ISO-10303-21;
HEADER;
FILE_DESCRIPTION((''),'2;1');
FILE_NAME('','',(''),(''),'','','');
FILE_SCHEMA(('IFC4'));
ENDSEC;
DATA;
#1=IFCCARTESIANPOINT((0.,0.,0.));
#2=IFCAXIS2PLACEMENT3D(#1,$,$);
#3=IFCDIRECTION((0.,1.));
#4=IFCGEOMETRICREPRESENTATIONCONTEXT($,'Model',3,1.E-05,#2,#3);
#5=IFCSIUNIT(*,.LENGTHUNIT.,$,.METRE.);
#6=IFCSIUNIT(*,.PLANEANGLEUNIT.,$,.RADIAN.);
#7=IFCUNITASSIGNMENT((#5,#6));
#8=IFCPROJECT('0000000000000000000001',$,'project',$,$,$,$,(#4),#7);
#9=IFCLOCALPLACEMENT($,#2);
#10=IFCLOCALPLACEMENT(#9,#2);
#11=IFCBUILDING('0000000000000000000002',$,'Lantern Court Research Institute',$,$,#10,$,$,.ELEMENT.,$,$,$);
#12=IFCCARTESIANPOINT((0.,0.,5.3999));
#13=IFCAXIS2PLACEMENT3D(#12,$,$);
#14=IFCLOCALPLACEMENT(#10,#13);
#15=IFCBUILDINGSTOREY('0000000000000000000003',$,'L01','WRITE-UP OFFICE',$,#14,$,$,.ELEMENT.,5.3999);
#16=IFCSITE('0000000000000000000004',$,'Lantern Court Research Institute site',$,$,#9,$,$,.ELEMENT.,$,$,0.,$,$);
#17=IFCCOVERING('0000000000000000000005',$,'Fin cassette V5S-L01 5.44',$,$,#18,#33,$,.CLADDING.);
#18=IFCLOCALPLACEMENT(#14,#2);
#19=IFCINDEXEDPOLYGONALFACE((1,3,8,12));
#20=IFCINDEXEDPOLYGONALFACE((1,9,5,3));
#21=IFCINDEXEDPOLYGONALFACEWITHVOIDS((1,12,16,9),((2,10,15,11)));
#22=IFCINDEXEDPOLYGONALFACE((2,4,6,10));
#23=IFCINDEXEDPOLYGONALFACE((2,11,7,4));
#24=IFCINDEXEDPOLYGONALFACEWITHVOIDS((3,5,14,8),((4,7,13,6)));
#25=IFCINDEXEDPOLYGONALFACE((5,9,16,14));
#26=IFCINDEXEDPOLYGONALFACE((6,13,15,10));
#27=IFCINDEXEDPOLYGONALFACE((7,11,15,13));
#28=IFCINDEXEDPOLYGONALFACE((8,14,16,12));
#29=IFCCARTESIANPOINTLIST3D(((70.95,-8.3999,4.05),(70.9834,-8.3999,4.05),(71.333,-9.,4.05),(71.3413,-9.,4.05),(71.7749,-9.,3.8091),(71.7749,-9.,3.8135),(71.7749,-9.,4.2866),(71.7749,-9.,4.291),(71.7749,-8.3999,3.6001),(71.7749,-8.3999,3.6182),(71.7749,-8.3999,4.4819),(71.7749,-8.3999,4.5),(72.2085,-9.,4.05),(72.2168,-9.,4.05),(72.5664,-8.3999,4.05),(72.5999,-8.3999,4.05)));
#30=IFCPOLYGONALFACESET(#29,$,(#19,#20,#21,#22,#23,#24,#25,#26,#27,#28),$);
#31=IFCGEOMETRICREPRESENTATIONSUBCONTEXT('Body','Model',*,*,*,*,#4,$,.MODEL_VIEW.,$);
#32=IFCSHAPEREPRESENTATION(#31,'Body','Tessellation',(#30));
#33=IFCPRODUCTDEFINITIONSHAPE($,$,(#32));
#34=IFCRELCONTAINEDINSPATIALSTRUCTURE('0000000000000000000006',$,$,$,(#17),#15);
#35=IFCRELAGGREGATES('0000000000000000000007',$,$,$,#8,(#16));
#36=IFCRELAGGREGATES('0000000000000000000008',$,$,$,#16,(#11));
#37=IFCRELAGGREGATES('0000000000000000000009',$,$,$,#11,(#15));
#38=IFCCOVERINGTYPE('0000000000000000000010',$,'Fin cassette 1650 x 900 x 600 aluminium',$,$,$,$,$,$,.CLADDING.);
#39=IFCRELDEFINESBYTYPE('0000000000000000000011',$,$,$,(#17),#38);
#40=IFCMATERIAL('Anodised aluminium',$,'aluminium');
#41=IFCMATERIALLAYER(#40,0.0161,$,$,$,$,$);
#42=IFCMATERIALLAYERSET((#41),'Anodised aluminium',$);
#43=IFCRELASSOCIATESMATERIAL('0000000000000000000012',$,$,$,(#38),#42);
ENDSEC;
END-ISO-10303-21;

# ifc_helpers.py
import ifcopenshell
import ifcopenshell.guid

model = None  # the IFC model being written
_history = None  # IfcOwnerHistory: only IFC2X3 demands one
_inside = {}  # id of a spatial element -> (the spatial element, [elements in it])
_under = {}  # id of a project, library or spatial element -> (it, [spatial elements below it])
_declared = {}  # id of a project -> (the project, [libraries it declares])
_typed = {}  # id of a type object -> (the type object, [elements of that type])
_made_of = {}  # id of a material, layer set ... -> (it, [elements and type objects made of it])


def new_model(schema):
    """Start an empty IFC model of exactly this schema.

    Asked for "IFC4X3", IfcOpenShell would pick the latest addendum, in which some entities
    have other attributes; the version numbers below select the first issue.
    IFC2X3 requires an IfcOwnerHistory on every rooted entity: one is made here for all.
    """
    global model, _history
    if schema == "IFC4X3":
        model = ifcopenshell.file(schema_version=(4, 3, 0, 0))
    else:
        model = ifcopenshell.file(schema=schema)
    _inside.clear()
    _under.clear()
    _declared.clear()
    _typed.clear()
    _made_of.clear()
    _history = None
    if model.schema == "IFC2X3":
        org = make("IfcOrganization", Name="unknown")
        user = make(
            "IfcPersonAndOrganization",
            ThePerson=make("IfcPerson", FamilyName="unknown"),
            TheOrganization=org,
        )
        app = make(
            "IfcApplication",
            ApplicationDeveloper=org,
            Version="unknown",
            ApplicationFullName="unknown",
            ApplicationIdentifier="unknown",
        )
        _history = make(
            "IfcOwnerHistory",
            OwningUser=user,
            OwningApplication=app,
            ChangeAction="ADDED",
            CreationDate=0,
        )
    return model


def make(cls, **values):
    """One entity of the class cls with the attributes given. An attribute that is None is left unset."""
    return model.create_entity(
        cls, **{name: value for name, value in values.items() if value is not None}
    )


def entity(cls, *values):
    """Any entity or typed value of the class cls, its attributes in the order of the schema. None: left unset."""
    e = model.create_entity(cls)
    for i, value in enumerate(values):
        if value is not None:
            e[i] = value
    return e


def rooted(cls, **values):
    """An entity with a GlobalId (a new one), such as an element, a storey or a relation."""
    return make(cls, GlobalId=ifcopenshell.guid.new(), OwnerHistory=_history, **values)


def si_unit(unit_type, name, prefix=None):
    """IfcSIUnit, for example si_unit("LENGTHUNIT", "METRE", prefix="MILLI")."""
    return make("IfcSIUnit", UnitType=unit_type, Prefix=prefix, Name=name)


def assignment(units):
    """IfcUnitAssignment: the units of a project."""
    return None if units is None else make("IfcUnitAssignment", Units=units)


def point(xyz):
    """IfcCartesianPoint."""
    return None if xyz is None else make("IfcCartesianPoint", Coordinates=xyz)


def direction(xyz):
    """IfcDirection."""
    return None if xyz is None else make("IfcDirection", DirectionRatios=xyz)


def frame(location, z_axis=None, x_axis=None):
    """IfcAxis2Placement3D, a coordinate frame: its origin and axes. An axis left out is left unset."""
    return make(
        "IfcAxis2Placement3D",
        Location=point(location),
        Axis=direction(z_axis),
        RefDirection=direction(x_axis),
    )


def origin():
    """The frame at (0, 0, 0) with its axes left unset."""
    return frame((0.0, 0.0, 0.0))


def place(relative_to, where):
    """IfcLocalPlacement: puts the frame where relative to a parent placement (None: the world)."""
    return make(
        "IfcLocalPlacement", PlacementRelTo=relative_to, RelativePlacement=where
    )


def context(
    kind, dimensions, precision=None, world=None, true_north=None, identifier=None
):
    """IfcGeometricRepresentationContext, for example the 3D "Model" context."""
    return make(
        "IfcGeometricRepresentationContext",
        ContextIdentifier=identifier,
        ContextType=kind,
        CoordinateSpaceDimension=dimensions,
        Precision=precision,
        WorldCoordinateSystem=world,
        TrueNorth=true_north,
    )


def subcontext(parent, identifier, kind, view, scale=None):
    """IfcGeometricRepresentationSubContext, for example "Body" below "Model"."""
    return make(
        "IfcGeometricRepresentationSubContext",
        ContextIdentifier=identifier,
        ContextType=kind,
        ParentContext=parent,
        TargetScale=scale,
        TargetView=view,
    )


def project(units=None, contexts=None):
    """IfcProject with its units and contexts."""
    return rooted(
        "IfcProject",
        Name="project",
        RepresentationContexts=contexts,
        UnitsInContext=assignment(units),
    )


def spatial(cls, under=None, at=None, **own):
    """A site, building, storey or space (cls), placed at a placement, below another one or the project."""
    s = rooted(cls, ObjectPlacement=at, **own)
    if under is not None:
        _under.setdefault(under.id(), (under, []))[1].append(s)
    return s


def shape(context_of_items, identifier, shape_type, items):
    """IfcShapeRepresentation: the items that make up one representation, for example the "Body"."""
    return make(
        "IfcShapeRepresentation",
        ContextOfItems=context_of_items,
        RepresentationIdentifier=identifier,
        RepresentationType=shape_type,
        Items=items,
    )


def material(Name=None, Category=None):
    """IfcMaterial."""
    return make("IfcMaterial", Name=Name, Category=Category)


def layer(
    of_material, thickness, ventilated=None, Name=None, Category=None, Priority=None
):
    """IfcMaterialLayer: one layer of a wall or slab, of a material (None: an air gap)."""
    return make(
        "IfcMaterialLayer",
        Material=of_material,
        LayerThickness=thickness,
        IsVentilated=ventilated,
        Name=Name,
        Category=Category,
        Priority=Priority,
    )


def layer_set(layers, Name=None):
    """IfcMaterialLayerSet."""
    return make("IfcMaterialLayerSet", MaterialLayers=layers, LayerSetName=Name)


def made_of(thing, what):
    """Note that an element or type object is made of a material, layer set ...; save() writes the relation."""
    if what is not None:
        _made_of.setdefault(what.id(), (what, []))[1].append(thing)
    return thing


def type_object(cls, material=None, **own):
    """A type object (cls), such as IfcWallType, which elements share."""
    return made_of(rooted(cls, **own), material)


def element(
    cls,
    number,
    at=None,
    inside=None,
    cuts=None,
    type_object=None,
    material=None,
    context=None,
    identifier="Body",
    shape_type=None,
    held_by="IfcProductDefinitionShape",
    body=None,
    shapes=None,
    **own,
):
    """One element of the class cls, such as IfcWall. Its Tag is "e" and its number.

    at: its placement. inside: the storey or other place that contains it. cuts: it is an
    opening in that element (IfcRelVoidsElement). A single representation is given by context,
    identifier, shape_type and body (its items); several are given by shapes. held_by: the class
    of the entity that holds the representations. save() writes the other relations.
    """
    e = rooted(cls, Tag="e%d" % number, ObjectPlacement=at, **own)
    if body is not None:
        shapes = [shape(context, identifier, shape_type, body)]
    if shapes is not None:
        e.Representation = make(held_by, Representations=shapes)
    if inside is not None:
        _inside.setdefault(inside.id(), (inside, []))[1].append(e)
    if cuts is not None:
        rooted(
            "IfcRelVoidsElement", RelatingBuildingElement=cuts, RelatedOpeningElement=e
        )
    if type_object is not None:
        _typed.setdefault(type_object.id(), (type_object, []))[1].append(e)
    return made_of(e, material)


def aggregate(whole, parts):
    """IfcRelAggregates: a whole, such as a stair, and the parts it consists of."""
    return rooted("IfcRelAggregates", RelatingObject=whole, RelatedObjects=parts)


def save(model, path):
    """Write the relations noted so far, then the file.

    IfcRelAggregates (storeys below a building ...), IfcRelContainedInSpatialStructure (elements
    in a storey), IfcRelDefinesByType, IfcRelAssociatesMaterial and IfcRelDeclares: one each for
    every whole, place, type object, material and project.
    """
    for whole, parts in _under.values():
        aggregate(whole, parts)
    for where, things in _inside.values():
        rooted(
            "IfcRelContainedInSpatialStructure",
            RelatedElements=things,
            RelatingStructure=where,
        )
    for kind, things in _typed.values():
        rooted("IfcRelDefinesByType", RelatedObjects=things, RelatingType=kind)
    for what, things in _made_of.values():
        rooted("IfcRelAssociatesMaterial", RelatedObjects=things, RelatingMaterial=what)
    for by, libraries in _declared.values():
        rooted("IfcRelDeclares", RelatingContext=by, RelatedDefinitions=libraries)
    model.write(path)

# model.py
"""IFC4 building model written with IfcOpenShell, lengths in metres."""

from ifc_helpers import new_model, entity, si_unit, direction, frame, origin, place, context, subcontext, project, spatial, material, layer, layer_set, type_object, element, save


model = new_model("IFC4")

# Units and contexts
model_context = context("Model", 3, precision=1e-05, world=origin(), true_north=direction((0.0, 1.0)))
body_context = subcontext(model_context, "Body", "Model", "MODEL_VIEW")
ifc_project = project(units=[si_unit("LENGTHUNIT", "METRE"), si_unit("PLANEANGLEUNIT", "RADIAN")], contexts=[model_context])

# Site, building, storey
site_placement = place(None, origin())
site = spatial("IfcSite", under=ifc_project, at=site_placement, Name="Lantern Court Research Institute site", CompositionType="ELEMENT", RefElevation=0.0)
building_placement = place(site_placement, origin())
building = spatial("IfcBuilding", under=site, at=building_placement, Name="Lantern Court Research Institute", CompositionType="ELEMENT")
storey_placement = place(building_placement, frame((0.0, 0.0, 5.3999)))
storey = spatial("IfcBuildingStorey", under=building, at=storey_placement, Name="L01", Description="WRITE-UP OFFICE", CompositionType="ELEMENT", Elevation=5.3999)

# Covering
ifc_material_1 = material(Name="Anodised aluminium", Category="aluminium")
ifc_layer_1 = layer(ifc_material_1, 0.0161)
ifc_layer_set_1 = layer_set([ifc_layer_1], Name="Anodised aluminium")
covering_type = type_object("IfcCoveringType", Name="Fin cassette 1650 x 900 x 600 aluminium", PredefinedType="CLADDING", material=ifc_layer_set_1)
covering_1_placement = place(storey_placement, frame((71.7749, -8.3999, 4.05), z_axis=(0.0, -1.0, 0.0), x_axis=(1.0, 0.0, 0.0)))
cartesian_point_1 = entity("IfcCartesianPoint", [0.825, 0.0])
cartesian_point_2 = entity("IfcCartesianPoint", [0.7915, 0.0])
cartesian_point_3 = entity("IfcCartesianPoint", [0.4419, 0.0])
cartesian_point_4 = entity("IfcCartesianPoint", [0.4336, 0.0])
element("IfcCovering", 1, at=covering_1_placement, inside=storey, type_object=covering_type, Name="Fin cassette V5S-L01 5.44", PredefinedType="CLADDING", context=body_context, shape_type="SweptSolid", body=[
    entity("IfcExtrudedAreaSolidTapered", entity("IfcArbitraryProfileDefWithVoids", "AREA", None, entity("IfcPolyline", [cartesian_point_1, entity("IfcCartesianPoint", [0.0, 0.45]), entity("IfcCartesianPoint", [-0.825, 0.0]), entity("IfcCartesianPoint", [0.0, -0.45]), cartesian_point_1]), [entity("IfcPolyline", [cartesian_point_2, entity("IfcCartesianPoint", [0.0, 0.4319]), entity("IfcCartesianPoint", [-0.7915, 0.0]), entity("IfcCartesianPoint", [0.0, -0.4319]), cartesian_point_2])]), entity("IfcAxis2Placement3D", entity("IfcCartesianPoint", [0.0, 0.0, 0.0])), entity("IfcDirection", [0.0, 0.0, 1.0]), 0.6001, entity("IfcArbitraryProfileDefWithVoids", "AREA", None, entity("IfcPolyline", [cartesian_point_3, entity("IfcCartesianPoint", [0.0, 0.241]), entity("IfcCartesianPoint", [-0.4419, 0.0]), entity("IfcCartesianPoint", [0.0, -0.241]), cartesian_point_3]), [entity("IfcPolyline", [cartesian_point_4, entity("IfcCartesianPoint", [0.0, 0.2366]), entity("IfcCartesianPoint", [-0.4336, 0.0]), entity("IfcCartesianPoint", [0.0, -0.2366]), cartesian_point_4])])),
])

save(model, "model.ifc")
